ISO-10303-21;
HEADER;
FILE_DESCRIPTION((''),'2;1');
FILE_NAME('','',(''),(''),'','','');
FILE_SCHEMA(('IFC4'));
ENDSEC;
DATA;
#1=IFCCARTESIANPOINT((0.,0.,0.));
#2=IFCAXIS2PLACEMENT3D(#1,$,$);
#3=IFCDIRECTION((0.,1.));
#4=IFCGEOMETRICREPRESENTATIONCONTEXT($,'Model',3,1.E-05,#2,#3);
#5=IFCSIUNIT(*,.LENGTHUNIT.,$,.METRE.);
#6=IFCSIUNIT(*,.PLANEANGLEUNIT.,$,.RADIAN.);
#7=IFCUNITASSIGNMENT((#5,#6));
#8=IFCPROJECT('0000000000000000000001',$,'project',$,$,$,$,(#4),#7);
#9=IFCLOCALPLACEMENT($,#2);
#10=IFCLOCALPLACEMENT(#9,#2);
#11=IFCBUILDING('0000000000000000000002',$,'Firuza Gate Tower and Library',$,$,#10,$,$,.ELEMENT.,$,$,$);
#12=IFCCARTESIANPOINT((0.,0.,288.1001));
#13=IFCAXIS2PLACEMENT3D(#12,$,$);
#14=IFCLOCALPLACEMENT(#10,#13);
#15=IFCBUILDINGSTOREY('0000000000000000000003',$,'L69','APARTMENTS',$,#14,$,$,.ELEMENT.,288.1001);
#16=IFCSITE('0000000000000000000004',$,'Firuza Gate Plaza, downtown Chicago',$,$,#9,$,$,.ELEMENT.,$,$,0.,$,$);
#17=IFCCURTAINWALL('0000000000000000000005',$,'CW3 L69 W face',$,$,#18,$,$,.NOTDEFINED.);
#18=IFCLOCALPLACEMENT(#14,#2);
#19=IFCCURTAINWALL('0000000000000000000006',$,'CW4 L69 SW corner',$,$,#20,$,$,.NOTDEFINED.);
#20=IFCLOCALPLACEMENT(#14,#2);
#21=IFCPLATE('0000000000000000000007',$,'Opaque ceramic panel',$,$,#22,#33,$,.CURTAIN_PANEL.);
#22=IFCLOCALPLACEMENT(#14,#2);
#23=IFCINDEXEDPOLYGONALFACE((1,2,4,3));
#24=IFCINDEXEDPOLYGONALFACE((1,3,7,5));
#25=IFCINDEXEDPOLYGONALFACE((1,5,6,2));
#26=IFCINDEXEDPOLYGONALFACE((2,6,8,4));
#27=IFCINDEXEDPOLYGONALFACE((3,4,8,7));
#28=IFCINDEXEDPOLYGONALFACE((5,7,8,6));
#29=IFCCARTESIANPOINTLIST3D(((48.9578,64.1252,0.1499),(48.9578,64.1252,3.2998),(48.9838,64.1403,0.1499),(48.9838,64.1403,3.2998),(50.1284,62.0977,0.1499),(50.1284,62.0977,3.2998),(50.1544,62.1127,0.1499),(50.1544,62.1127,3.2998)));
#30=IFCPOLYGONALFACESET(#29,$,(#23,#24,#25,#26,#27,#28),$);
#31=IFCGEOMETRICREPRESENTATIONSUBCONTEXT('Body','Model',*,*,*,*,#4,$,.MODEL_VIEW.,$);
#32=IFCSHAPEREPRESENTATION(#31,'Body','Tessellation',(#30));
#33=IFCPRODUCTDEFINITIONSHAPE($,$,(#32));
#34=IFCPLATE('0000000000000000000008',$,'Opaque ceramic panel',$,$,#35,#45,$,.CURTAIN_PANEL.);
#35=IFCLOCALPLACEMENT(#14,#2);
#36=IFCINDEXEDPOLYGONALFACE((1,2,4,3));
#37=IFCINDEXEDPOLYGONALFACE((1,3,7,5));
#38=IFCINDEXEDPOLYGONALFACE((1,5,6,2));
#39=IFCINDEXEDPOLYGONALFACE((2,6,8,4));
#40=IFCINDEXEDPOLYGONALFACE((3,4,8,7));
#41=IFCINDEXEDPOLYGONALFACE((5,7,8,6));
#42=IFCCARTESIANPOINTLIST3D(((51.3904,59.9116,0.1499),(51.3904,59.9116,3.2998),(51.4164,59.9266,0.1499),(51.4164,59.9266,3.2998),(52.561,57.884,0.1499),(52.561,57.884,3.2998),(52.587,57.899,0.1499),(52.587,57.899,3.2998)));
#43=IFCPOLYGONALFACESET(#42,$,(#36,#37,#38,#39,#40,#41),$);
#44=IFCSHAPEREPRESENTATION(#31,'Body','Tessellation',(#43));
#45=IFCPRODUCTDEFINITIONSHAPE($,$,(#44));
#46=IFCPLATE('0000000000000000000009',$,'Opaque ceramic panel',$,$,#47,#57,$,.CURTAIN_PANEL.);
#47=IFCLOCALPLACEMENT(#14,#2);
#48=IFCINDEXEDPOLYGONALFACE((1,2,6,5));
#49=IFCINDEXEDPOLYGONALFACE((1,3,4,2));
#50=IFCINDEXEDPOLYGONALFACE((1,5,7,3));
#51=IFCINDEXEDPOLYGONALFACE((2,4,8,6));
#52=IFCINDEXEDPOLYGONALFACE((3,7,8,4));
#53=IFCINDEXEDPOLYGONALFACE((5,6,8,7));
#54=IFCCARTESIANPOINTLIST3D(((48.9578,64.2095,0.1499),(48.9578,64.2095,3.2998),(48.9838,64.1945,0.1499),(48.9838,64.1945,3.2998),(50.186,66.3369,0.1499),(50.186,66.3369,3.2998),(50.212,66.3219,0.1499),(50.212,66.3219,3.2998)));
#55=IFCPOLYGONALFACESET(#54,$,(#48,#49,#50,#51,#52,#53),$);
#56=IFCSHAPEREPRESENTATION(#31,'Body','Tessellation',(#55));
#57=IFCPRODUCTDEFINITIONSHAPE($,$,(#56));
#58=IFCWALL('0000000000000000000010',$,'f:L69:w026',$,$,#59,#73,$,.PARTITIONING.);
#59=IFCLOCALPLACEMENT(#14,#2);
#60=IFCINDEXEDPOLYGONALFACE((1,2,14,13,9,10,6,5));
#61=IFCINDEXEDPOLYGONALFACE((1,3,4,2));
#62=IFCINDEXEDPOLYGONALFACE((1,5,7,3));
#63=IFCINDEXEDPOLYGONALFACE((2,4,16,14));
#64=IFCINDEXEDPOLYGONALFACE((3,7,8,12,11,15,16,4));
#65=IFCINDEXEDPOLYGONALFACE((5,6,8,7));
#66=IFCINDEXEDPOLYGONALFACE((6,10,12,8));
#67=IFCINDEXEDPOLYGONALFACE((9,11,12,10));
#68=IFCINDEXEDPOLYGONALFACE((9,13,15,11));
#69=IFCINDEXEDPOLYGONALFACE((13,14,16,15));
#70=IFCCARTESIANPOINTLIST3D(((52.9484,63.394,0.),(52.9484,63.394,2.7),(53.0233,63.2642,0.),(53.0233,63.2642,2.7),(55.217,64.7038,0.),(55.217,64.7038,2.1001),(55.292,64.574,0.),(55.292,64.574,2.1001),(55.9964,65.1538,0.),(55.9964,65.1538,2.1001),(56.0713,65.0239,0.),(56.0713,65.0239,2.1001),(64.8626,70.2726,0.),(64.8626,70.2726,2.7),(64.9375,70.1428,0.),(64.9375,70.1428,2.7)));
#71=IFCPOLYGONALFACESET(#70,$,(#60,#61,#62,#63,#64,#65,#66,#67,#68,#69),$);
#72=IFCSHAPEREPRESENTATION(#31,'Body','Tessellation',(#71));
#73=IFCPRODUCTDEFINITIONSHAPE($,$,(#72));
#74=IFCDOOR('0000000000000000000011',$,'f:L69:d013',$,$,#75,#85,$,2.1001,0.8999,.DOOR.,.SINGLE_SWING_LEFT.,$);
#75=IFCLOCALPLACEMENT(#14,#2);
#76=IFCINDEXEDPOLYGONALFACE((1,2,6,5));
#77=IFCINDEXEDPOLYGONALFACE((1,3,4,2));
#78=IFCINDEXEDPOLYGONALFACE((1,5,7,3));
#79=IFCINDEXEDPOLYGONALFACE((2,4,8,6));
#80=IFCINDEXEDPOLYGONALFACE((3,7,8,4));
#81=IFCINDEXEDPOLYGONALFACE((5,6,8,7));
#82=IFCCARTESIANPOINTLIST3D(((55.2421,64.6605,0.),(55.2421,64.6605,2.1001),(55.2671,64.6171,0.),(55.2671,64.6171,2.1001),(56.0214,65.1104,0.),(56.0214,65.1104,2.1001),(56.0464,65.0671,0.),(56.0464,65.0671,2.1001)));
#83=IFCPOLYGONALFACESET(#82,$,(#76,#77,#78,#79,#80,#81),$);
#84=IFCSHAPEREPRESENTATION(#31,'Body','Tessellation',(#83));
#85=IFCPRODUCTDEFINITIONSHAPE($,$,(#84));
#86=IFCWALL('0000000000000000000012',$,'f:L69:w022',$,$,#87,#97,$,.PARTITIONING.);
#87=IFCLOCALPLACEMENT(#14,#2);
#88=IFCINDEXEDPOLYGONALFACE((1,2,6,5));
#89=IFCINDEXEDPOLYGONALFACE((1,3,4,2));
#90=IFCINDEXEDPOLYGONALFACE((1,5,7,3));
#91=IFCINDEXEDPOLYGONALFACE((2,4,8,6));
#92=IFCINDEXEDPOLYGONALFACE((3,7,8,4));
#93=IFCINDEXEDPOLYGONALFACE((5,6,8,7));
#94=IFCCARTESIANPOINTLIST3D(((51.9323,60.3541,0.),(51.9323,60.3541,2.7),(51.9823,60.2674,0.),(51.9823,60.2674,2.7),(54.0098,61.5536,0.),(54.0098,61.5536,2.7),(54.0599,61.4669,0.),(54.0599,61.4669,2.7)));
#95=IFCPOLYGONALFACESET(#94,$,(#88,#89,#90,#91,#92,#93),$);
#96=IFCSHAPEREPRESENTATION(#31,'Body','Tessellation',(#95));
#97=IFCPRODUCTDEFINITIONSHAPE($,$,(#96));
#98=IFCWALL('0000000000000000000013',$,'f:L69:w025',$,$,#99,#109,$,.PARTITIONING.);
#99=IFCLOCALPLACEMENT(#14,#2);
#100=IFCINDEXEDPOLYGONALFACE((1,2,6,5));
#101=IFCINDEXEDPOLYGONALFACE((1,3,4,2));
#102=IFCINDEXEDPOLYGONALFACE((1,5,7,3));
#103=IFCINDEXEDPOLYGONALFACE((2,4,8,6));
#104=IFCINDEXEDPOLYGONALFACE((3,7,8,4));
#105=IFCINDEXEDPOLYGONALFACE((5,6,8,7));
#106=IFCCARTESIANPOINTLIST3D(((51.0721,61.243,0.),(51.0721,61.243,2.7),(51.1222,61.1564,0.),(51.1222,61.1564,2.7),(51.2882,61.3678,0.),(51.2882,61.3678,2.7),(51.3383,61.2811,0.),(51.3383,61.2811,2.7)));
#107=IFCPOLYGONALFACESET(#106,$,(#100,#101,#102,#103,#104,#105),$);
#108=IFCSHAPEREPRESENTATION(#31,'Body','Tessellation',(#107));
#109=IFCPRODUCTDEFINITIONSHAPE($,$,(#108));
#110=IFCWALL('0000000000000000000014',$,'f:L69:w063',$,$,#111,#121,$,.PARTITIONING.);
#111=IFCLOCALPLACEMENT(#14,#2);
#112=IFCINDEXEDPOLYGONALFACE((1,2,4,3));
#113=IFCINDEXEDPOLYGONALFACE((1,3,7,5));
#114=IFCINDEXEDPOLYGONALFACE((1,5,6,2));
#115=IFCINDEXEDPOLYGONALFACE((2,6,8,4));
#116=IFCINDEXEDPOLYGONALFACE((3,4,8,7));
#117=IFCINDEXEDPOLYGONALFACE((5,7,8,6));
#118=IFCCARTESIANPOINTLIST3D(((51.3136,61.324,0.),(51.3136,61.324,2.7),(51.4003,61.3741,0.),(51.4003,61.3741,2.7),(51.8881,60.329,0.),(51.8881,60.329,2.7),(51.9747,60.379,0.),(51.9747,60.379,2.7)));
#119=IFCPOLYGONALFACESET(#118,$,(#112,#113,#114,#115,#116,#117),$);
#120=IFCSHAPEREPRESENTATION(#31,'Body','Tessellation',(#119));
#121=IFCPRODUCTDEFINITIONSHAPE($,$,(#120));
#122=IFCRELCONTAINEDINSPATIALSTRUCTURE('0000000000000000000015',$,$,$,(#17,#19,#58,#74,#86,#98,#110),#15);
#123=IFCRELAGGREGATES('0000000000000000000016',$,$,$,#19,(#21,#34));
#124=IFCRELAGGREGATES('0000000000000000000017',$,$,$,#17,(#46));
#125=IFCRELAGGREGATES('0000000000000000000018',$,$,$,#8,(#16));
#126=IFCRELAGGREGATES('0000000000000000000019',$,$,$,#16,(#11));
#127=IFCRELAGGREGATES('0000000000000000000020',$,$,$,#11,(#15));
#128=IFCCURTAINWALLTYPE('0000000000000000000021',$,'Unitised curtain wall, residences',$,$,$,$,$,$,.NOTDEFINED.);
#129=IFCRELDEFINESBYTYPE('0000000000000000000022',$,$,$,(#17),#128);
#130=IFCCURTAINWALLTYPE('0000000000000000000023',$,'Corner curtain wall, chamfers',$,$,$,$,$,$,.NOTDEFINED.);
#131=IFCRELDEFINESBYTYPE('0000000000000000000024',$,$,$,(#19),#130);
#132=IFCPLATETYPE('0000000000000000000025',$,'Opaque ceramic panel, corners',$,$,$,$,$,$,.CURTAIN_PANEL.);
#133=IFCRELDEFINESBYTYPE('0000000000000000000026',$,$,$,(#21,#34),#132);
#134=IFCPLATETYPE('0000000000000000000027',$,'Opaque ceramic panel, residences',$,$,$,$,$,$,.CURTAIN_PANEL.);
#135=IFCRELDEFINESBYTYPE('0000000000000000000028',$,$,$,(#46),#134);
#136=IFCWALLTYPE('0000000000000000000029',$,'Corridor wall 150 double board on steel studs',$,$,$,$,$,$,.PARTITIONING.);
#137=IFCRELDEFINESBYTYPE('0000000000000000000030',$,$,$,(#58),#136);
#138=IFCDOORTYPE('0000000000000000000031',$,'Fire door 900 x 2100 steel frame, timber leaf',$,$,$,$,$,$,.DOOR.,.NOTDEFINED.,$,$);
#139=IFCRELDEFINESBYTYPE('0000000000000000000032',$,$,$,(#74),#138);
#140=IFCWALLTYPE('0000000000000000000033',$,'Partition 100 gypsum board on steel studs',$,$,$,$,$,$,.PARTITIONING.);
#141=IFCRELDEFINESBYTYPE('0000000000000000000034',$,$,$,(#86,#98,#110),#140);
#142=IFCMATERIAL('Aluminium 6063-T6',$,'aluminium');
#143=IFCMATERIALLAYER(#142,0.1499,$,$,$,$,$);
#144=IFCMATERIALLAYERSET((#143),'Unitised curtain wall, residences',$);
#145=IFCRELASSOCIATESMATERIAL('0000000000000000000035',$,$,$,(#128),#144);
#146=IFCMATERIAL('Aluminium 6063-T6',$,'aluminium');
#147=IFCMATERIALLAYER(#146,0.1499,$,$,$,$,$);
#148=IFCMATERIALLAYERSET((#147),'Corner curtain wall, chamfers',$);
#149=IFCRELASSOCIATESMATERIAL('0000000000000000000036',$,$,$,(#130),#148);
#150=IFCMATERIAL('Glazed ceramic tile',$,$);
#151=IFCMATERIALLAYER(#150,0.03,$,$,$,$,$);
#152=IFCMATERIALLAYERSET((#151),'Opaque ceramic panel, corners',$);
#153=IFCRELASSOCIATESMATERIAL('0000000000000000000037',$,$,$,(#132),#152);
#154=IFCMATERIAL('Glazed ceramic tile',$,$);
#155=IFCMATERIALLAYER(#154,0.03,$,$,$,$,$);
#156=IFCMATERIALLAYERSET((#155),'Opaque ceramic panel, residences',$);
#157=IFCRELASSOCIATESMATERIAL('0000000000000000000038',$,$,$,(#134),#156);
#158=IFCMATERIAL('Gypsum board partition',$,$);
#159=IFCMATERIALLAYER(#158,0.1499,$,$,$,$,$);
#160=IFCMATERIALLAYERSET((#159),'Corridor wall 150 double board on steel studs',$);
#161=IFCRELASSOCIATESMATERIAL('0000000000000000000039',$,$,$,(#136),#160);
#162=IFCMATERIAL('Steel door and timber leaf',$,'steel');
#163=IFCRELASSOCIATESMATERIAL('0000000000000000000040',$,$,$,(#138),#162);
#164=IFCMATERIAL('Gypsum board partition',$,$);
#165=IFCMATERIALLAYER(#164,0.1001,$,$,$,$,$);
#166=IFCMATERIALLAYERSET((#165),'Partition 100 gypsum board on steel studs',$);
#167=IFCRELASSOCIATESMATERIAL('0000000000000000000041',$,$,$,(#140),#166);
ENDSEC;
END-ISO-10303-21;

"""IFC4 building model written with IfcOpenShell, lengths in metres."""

from ifc_helpers import new_model, si_unit, direction, frame, frame_2d, origin, place, context, subcontext, project, spatial, polyline, rectangle, outline, extrude, material, layer, layer_set, type_object, element, fill, aggregate, save


model = new_model("IFC4")

# Units and contexts
model_context = context("Model", 3, precision=1e-05, world=origin(), true_north=direction((0.0, 1.0)))
body_context = subcontext(model_context, "Body", "Model", "MODEL_VIEW")
ifc_project = project(units=[si_unit("LENGTHUNIT", "METRE"), si_unit("PLANEANGLEUNIT", "RADIAN")], contexts=[model_context])

# Site, building, storey
site_placement = place(None, origin())
site = spatial("IfcSite", under=ifc_project, at=site_placement, Name="Firuza Gate Plaza, downtown Chicago", CompositionType="ELEMENT", RefElevation=0.0)
building_placement = place(site_placement, origin())
building = spatial("IfcBuilding", under=site, at=building_placement, Name="Firuza Gate Tower and Library", CompositionType="ELEMENT")
storey_placement = place(building_placement, frame((0.0, 0.0, 288.1001)))
storey = spatial("IfcBuildingStorey", under=building, at=storey_placement, Name="L69", Description="APARTMENTS", CompositionType="ELEMENT", Elevation=288.1001)

# Shared definitions
ifc_material_1 = material(Name="Aluminium 6063-T6", Category="aluminium")
ifc_layer_1 = layer(ifc_material_1, 0.1499)
ifc_layer_set_1 = layer_set([ifc_layer_1], Name="Unitised curtain wall, residences")
curtain_wall_type_1 = type_object("IfcCurtainWallType", Name="Unitised curtain wall, residences", PredefinedType="NOTDEFINED", material=ifc_layer_set_1)
placement = place(storey_placement, origin())

# Curtain walls
curtain_wall_1 = element("IfcCurtainWall", 1, at=placement, inside=storey, type_object=curtain_wall_type_1, Name="CW3 L69 W face", PredefinedType="NOTDEFINED")
ifc_material_2 = material(Name="Aluminium 6063-T6", Category="aluminium")
ifc_layer_2 = layer(ifc_material_2, 0.1499)
ifc_layer_set_2 = layer_set([ifc_layer_2], Name="Corner curtain wall, chamfers")
curtain_wall_type_2 = type_object("IfcCurtainWallType", Name="Corner curtain wall, chamfers", PredefinedType="NOTDEFINED", material=ifc_layer_set_2)
curtain_wall_2 = element("IfcCurtainWall", 2, at=placement, inside=storey, type_object=curtain_wall_type_2, Name="CW4 L69 SW corner", PredefinedType="NOTDEFINED")

# Plates
ifc_material_3 = material(Name="Glazed ceramic tile")
ifc_layer_3 = layer(ifc_material_3, 0.03)
ifc_layer_set_3 = layer_set([ifc_layer_3], Name="Opaque ceramic panel, corners")
plate_type_1 = type_object("IfcPlateType", Name="Opaque ceramic panel, corners", PredefinedType="CURTAIN_PANEL", material=ifc_layer_set_3)
plate_1_placement = place(storey_placement, frame((48.9578, 64.1252, 0.1499), z_axis=(-0.866021, -0.500008, 0.0), x_axis=(0.500008, -0.866021, 0.0)))
plate_1 = element("IfcPlate", 3, at=plate_1_placement, type_object=plate_type_1, Name="Opaque ceramic panel", PredefinedType="CURTAIN_PANEL", context=body_context, shape_type="SweptSolid", body=[
    extrude(outline(polyline([(0.0, 0.0), (2.3413, 0.0), (2.3413, 3.1499), (0.0, 3.1499), (0.0, 0.0)])), origin(), (0.0, 0.0, -1.0), 0.03),
])
plate_2_placement = place(storey_placement, frame((51.3904, 59.9116, 0.1499), z_axis=(-0.866021, -0.500008, 0.0), x_axis=(0.500008, -0.866021, 0.0)))
plate_2 = element("IfcPlate", 4, at=plate_2_placement, type_object=plate_type_1, Name="Opaque ceramic panel", PredefinedType="CURTAIN_PANEL", context=body_context, shape_type="SweptSolid", body=[
    extrude(outline(polyline([(0.0, 0.0), (2.3413, 0.0), (2.3413, 3.1499), (0.0, 3.1499), (0.0, 0.0)])), origin(), (0.0, 0.0, -1.0), 0.03),
])
aggregate(curtain_wall_2, [plate_1, plate_2])
ifc_material_4 = material(Name="Glazed ceramic tile")
ifc_layer_4 = layer(ifc_material_4, 0.03)
ifc_layer_set_4 = layer_set([ifc_layer_4], Name="Opaque ceramic panel, residences")
plate_type_2 = type_object("IfcPlateType", Name="Opaque ceramic panel, residences", PredefinedType="CURTAIN_PANEL", material=ifc_layer_set_4)
plate_3_placement = place(storey_placement, frame((50.186, 66.3369, 0.1499), z_axis=(-0.866027, 0.499998, 0.0), x_axis=(-0.499998, -0.866027, 0.0)))
plate_3 = element("IfcPlate", 5, at=plate_3_placement, type_object=plate_type_2, Name="Opaque ceramic panel", PredefinedType="CURTAIN_PANEL", context=body_context, shape_type="SweptSolid", body=[
    extrude(outline(polyline([(0.0, 0.0), (2.4566, 0.0), (2.4566, 3.1499), (0.0, 3.1499), (0.0, 0.0)])), origin(), (0.0, 0.0, -1.0), 0.03),
])
aggregate(curtain_wall_1, [plate_3])

# Wall, opening, door
ifc_material_5 = material(Name="Gypsum board partition")
ifc_layer_5 = layer(ifc_material_5, 0.1499)
ifc_layer_set_5 = layer_set([ifc_layer_5], Name="Corridor wall 150 double board on steel studs")
wall_type_1 = type_object("IfcWallType", Name="Corridor wall 150 double board on steel studs", PredefinedType="PARTITIONING", material=ifc_layer_set_5)
wall_1_placement = place(storey_placement, frame((52.9858, 63.3291, 0.0), z_axis=(0.0, 0.0, 1.0), x_axis=(0.866027, 0.499996, 0.0)))
wall_1 = element("IfcWall", 6, at=wall_1_placement, inside=storey, type_object=wall_type_1, Name="f:L69:w026", PredefinedType="PARTITIONING", context=body_context, shape_type="SweptSolid", body=[
    extrude(rectangle(XDim=13.7573, YDim=0.1499, at=frame_2d((6.8787, 0.0))), origin(), (0.0, 0.0, 1.0), 2.7),
])
opening_placement = place(wall_1_placement, frame((2.6196, 0.0, 0.0)))
opening = element("IfcOpeningElement", 7, at=opening_placement, cuts=wall_1, PredefinedType="OPENING", context=body_context, shape_type="SweptSolid", body=[
    extrude(rectangle(XDim=0.8999, YDim=2.1001, at=frame_2d((0.45, 1.05))), frame((0.0, 0.085, 0.0), z_axis=(0.0, -1.0, 0.0), x_axis=(1.0, 0.0, 0.0)), (0.0, 0.0, 1.0), 0.1699),
])
ifc_material_6 = material(Name="Steel door and timber leaf", Category="steel")
door_type = type_object("IfcDoorType", Name="Fire door 900 x 2100 steel frame, timber leaf", OperationType="NOTDEFINED", PredefinedType="DOOR", material=ifc_material_6)
door_placement = place(opening_placement, origin())
door = element("IfcDoor", 8, at=door_placement, inside=storey, type_object=door_type, Name="f:L69:d013", OperationType="SINGLE_SWING_LEFT", OverallHeight=2.1001, OverallWidth=0.8999, PredefinedType="DOOR", context=body_context, shape_type="SweptSolid", body=[
    extrude(rectangle(XDim=0.8999, YDim=2.1001, at=frame_2d((0.45, 1.05))), frame((0.0, 0.0249, 0.0), z_axis=(0.0, -1.0, 0.0), x_axis=(1.0, 0.0, 0.0)), (0.0, 0.0, 1.0), 0.05),
])
fill(opening, door)

# Walls
ifc_material_7 = material(Name="Gypsum board partition")
ifc_layer_6 = layer(ifc_material_7, 0.1001)
ifc_layer_set_6 = layer_set([ifc_layer_6], Name="Partition 100 gypsum board on steel studs")
wall_type_2 = type_object("IfcWallType", Name="Partition 100 gypsum board on steel studs", PredefinedType="PARTITIONING", material=ifc_layer_set_6)
wall_2_placement = place(storey_placement, frame((51.9573, 60.3108, 0.0), z_axis=(0.0, 0.0, 1.0), x_axis=(0.866036, 0.499981, 0.0)))
element("IfcWall", 9, at=wall_2_placement, inside=storey, type_object=wall_type_2, Name="f:L69:w022", PredefinedType="PARTITIONING", context=body_context, shape_type="SweptSolid", body=[
    extrude(rectangle(XDim=2.3989, YDim=0.1001, at=frame_2d((1.1995, 0.0))), origin(), (0.0, 0.0, 1.0), 2.7),
])
wall_3_placement = place(storey_placement, frame((51.0972, 61.1997, 0.0), z_axis=(0.0, 0.0, 1.0), x_axis=(0.866006, 0.500033, 0.0)))
element("IfcWall", 10, at=wall_3_placement, inside=storey, type_object=wall_type_2, Name="f:L69:w025", PredefinedType="PARTITIONING", context=body_context, shape_type="SweptSolid", body=[
    extrude(rectangle(XDim=0.2495, YDim=0.1001, at=frame_2d((0.1248, 0.0))), origin(), (0.0, 0.0, 1.0), 2.7),
])
wall_4_placement = place(storey_placement, frame((51.9314, 60.354, 0.0), z_axis=(0.0, 0.0, 1.0), x_axis=(-0.499955, 0.866051, 0.0)))
element("IfcWall", 11, at=wall_4_placement, inside=storey, type_object=wall_type_2, Name="f:L69:w063", PredefinedType="PARTITIONING", context=body_context, shape_type="SweptSolid", body=[
    extrude(rectangle(XDim=1.1489, YDim=0.1001, at=frame_2d((0.5745, 0.0))), origin(), (0.0, 0.0, 1.0), 2.7),
])

save(model, "model.ifc")
